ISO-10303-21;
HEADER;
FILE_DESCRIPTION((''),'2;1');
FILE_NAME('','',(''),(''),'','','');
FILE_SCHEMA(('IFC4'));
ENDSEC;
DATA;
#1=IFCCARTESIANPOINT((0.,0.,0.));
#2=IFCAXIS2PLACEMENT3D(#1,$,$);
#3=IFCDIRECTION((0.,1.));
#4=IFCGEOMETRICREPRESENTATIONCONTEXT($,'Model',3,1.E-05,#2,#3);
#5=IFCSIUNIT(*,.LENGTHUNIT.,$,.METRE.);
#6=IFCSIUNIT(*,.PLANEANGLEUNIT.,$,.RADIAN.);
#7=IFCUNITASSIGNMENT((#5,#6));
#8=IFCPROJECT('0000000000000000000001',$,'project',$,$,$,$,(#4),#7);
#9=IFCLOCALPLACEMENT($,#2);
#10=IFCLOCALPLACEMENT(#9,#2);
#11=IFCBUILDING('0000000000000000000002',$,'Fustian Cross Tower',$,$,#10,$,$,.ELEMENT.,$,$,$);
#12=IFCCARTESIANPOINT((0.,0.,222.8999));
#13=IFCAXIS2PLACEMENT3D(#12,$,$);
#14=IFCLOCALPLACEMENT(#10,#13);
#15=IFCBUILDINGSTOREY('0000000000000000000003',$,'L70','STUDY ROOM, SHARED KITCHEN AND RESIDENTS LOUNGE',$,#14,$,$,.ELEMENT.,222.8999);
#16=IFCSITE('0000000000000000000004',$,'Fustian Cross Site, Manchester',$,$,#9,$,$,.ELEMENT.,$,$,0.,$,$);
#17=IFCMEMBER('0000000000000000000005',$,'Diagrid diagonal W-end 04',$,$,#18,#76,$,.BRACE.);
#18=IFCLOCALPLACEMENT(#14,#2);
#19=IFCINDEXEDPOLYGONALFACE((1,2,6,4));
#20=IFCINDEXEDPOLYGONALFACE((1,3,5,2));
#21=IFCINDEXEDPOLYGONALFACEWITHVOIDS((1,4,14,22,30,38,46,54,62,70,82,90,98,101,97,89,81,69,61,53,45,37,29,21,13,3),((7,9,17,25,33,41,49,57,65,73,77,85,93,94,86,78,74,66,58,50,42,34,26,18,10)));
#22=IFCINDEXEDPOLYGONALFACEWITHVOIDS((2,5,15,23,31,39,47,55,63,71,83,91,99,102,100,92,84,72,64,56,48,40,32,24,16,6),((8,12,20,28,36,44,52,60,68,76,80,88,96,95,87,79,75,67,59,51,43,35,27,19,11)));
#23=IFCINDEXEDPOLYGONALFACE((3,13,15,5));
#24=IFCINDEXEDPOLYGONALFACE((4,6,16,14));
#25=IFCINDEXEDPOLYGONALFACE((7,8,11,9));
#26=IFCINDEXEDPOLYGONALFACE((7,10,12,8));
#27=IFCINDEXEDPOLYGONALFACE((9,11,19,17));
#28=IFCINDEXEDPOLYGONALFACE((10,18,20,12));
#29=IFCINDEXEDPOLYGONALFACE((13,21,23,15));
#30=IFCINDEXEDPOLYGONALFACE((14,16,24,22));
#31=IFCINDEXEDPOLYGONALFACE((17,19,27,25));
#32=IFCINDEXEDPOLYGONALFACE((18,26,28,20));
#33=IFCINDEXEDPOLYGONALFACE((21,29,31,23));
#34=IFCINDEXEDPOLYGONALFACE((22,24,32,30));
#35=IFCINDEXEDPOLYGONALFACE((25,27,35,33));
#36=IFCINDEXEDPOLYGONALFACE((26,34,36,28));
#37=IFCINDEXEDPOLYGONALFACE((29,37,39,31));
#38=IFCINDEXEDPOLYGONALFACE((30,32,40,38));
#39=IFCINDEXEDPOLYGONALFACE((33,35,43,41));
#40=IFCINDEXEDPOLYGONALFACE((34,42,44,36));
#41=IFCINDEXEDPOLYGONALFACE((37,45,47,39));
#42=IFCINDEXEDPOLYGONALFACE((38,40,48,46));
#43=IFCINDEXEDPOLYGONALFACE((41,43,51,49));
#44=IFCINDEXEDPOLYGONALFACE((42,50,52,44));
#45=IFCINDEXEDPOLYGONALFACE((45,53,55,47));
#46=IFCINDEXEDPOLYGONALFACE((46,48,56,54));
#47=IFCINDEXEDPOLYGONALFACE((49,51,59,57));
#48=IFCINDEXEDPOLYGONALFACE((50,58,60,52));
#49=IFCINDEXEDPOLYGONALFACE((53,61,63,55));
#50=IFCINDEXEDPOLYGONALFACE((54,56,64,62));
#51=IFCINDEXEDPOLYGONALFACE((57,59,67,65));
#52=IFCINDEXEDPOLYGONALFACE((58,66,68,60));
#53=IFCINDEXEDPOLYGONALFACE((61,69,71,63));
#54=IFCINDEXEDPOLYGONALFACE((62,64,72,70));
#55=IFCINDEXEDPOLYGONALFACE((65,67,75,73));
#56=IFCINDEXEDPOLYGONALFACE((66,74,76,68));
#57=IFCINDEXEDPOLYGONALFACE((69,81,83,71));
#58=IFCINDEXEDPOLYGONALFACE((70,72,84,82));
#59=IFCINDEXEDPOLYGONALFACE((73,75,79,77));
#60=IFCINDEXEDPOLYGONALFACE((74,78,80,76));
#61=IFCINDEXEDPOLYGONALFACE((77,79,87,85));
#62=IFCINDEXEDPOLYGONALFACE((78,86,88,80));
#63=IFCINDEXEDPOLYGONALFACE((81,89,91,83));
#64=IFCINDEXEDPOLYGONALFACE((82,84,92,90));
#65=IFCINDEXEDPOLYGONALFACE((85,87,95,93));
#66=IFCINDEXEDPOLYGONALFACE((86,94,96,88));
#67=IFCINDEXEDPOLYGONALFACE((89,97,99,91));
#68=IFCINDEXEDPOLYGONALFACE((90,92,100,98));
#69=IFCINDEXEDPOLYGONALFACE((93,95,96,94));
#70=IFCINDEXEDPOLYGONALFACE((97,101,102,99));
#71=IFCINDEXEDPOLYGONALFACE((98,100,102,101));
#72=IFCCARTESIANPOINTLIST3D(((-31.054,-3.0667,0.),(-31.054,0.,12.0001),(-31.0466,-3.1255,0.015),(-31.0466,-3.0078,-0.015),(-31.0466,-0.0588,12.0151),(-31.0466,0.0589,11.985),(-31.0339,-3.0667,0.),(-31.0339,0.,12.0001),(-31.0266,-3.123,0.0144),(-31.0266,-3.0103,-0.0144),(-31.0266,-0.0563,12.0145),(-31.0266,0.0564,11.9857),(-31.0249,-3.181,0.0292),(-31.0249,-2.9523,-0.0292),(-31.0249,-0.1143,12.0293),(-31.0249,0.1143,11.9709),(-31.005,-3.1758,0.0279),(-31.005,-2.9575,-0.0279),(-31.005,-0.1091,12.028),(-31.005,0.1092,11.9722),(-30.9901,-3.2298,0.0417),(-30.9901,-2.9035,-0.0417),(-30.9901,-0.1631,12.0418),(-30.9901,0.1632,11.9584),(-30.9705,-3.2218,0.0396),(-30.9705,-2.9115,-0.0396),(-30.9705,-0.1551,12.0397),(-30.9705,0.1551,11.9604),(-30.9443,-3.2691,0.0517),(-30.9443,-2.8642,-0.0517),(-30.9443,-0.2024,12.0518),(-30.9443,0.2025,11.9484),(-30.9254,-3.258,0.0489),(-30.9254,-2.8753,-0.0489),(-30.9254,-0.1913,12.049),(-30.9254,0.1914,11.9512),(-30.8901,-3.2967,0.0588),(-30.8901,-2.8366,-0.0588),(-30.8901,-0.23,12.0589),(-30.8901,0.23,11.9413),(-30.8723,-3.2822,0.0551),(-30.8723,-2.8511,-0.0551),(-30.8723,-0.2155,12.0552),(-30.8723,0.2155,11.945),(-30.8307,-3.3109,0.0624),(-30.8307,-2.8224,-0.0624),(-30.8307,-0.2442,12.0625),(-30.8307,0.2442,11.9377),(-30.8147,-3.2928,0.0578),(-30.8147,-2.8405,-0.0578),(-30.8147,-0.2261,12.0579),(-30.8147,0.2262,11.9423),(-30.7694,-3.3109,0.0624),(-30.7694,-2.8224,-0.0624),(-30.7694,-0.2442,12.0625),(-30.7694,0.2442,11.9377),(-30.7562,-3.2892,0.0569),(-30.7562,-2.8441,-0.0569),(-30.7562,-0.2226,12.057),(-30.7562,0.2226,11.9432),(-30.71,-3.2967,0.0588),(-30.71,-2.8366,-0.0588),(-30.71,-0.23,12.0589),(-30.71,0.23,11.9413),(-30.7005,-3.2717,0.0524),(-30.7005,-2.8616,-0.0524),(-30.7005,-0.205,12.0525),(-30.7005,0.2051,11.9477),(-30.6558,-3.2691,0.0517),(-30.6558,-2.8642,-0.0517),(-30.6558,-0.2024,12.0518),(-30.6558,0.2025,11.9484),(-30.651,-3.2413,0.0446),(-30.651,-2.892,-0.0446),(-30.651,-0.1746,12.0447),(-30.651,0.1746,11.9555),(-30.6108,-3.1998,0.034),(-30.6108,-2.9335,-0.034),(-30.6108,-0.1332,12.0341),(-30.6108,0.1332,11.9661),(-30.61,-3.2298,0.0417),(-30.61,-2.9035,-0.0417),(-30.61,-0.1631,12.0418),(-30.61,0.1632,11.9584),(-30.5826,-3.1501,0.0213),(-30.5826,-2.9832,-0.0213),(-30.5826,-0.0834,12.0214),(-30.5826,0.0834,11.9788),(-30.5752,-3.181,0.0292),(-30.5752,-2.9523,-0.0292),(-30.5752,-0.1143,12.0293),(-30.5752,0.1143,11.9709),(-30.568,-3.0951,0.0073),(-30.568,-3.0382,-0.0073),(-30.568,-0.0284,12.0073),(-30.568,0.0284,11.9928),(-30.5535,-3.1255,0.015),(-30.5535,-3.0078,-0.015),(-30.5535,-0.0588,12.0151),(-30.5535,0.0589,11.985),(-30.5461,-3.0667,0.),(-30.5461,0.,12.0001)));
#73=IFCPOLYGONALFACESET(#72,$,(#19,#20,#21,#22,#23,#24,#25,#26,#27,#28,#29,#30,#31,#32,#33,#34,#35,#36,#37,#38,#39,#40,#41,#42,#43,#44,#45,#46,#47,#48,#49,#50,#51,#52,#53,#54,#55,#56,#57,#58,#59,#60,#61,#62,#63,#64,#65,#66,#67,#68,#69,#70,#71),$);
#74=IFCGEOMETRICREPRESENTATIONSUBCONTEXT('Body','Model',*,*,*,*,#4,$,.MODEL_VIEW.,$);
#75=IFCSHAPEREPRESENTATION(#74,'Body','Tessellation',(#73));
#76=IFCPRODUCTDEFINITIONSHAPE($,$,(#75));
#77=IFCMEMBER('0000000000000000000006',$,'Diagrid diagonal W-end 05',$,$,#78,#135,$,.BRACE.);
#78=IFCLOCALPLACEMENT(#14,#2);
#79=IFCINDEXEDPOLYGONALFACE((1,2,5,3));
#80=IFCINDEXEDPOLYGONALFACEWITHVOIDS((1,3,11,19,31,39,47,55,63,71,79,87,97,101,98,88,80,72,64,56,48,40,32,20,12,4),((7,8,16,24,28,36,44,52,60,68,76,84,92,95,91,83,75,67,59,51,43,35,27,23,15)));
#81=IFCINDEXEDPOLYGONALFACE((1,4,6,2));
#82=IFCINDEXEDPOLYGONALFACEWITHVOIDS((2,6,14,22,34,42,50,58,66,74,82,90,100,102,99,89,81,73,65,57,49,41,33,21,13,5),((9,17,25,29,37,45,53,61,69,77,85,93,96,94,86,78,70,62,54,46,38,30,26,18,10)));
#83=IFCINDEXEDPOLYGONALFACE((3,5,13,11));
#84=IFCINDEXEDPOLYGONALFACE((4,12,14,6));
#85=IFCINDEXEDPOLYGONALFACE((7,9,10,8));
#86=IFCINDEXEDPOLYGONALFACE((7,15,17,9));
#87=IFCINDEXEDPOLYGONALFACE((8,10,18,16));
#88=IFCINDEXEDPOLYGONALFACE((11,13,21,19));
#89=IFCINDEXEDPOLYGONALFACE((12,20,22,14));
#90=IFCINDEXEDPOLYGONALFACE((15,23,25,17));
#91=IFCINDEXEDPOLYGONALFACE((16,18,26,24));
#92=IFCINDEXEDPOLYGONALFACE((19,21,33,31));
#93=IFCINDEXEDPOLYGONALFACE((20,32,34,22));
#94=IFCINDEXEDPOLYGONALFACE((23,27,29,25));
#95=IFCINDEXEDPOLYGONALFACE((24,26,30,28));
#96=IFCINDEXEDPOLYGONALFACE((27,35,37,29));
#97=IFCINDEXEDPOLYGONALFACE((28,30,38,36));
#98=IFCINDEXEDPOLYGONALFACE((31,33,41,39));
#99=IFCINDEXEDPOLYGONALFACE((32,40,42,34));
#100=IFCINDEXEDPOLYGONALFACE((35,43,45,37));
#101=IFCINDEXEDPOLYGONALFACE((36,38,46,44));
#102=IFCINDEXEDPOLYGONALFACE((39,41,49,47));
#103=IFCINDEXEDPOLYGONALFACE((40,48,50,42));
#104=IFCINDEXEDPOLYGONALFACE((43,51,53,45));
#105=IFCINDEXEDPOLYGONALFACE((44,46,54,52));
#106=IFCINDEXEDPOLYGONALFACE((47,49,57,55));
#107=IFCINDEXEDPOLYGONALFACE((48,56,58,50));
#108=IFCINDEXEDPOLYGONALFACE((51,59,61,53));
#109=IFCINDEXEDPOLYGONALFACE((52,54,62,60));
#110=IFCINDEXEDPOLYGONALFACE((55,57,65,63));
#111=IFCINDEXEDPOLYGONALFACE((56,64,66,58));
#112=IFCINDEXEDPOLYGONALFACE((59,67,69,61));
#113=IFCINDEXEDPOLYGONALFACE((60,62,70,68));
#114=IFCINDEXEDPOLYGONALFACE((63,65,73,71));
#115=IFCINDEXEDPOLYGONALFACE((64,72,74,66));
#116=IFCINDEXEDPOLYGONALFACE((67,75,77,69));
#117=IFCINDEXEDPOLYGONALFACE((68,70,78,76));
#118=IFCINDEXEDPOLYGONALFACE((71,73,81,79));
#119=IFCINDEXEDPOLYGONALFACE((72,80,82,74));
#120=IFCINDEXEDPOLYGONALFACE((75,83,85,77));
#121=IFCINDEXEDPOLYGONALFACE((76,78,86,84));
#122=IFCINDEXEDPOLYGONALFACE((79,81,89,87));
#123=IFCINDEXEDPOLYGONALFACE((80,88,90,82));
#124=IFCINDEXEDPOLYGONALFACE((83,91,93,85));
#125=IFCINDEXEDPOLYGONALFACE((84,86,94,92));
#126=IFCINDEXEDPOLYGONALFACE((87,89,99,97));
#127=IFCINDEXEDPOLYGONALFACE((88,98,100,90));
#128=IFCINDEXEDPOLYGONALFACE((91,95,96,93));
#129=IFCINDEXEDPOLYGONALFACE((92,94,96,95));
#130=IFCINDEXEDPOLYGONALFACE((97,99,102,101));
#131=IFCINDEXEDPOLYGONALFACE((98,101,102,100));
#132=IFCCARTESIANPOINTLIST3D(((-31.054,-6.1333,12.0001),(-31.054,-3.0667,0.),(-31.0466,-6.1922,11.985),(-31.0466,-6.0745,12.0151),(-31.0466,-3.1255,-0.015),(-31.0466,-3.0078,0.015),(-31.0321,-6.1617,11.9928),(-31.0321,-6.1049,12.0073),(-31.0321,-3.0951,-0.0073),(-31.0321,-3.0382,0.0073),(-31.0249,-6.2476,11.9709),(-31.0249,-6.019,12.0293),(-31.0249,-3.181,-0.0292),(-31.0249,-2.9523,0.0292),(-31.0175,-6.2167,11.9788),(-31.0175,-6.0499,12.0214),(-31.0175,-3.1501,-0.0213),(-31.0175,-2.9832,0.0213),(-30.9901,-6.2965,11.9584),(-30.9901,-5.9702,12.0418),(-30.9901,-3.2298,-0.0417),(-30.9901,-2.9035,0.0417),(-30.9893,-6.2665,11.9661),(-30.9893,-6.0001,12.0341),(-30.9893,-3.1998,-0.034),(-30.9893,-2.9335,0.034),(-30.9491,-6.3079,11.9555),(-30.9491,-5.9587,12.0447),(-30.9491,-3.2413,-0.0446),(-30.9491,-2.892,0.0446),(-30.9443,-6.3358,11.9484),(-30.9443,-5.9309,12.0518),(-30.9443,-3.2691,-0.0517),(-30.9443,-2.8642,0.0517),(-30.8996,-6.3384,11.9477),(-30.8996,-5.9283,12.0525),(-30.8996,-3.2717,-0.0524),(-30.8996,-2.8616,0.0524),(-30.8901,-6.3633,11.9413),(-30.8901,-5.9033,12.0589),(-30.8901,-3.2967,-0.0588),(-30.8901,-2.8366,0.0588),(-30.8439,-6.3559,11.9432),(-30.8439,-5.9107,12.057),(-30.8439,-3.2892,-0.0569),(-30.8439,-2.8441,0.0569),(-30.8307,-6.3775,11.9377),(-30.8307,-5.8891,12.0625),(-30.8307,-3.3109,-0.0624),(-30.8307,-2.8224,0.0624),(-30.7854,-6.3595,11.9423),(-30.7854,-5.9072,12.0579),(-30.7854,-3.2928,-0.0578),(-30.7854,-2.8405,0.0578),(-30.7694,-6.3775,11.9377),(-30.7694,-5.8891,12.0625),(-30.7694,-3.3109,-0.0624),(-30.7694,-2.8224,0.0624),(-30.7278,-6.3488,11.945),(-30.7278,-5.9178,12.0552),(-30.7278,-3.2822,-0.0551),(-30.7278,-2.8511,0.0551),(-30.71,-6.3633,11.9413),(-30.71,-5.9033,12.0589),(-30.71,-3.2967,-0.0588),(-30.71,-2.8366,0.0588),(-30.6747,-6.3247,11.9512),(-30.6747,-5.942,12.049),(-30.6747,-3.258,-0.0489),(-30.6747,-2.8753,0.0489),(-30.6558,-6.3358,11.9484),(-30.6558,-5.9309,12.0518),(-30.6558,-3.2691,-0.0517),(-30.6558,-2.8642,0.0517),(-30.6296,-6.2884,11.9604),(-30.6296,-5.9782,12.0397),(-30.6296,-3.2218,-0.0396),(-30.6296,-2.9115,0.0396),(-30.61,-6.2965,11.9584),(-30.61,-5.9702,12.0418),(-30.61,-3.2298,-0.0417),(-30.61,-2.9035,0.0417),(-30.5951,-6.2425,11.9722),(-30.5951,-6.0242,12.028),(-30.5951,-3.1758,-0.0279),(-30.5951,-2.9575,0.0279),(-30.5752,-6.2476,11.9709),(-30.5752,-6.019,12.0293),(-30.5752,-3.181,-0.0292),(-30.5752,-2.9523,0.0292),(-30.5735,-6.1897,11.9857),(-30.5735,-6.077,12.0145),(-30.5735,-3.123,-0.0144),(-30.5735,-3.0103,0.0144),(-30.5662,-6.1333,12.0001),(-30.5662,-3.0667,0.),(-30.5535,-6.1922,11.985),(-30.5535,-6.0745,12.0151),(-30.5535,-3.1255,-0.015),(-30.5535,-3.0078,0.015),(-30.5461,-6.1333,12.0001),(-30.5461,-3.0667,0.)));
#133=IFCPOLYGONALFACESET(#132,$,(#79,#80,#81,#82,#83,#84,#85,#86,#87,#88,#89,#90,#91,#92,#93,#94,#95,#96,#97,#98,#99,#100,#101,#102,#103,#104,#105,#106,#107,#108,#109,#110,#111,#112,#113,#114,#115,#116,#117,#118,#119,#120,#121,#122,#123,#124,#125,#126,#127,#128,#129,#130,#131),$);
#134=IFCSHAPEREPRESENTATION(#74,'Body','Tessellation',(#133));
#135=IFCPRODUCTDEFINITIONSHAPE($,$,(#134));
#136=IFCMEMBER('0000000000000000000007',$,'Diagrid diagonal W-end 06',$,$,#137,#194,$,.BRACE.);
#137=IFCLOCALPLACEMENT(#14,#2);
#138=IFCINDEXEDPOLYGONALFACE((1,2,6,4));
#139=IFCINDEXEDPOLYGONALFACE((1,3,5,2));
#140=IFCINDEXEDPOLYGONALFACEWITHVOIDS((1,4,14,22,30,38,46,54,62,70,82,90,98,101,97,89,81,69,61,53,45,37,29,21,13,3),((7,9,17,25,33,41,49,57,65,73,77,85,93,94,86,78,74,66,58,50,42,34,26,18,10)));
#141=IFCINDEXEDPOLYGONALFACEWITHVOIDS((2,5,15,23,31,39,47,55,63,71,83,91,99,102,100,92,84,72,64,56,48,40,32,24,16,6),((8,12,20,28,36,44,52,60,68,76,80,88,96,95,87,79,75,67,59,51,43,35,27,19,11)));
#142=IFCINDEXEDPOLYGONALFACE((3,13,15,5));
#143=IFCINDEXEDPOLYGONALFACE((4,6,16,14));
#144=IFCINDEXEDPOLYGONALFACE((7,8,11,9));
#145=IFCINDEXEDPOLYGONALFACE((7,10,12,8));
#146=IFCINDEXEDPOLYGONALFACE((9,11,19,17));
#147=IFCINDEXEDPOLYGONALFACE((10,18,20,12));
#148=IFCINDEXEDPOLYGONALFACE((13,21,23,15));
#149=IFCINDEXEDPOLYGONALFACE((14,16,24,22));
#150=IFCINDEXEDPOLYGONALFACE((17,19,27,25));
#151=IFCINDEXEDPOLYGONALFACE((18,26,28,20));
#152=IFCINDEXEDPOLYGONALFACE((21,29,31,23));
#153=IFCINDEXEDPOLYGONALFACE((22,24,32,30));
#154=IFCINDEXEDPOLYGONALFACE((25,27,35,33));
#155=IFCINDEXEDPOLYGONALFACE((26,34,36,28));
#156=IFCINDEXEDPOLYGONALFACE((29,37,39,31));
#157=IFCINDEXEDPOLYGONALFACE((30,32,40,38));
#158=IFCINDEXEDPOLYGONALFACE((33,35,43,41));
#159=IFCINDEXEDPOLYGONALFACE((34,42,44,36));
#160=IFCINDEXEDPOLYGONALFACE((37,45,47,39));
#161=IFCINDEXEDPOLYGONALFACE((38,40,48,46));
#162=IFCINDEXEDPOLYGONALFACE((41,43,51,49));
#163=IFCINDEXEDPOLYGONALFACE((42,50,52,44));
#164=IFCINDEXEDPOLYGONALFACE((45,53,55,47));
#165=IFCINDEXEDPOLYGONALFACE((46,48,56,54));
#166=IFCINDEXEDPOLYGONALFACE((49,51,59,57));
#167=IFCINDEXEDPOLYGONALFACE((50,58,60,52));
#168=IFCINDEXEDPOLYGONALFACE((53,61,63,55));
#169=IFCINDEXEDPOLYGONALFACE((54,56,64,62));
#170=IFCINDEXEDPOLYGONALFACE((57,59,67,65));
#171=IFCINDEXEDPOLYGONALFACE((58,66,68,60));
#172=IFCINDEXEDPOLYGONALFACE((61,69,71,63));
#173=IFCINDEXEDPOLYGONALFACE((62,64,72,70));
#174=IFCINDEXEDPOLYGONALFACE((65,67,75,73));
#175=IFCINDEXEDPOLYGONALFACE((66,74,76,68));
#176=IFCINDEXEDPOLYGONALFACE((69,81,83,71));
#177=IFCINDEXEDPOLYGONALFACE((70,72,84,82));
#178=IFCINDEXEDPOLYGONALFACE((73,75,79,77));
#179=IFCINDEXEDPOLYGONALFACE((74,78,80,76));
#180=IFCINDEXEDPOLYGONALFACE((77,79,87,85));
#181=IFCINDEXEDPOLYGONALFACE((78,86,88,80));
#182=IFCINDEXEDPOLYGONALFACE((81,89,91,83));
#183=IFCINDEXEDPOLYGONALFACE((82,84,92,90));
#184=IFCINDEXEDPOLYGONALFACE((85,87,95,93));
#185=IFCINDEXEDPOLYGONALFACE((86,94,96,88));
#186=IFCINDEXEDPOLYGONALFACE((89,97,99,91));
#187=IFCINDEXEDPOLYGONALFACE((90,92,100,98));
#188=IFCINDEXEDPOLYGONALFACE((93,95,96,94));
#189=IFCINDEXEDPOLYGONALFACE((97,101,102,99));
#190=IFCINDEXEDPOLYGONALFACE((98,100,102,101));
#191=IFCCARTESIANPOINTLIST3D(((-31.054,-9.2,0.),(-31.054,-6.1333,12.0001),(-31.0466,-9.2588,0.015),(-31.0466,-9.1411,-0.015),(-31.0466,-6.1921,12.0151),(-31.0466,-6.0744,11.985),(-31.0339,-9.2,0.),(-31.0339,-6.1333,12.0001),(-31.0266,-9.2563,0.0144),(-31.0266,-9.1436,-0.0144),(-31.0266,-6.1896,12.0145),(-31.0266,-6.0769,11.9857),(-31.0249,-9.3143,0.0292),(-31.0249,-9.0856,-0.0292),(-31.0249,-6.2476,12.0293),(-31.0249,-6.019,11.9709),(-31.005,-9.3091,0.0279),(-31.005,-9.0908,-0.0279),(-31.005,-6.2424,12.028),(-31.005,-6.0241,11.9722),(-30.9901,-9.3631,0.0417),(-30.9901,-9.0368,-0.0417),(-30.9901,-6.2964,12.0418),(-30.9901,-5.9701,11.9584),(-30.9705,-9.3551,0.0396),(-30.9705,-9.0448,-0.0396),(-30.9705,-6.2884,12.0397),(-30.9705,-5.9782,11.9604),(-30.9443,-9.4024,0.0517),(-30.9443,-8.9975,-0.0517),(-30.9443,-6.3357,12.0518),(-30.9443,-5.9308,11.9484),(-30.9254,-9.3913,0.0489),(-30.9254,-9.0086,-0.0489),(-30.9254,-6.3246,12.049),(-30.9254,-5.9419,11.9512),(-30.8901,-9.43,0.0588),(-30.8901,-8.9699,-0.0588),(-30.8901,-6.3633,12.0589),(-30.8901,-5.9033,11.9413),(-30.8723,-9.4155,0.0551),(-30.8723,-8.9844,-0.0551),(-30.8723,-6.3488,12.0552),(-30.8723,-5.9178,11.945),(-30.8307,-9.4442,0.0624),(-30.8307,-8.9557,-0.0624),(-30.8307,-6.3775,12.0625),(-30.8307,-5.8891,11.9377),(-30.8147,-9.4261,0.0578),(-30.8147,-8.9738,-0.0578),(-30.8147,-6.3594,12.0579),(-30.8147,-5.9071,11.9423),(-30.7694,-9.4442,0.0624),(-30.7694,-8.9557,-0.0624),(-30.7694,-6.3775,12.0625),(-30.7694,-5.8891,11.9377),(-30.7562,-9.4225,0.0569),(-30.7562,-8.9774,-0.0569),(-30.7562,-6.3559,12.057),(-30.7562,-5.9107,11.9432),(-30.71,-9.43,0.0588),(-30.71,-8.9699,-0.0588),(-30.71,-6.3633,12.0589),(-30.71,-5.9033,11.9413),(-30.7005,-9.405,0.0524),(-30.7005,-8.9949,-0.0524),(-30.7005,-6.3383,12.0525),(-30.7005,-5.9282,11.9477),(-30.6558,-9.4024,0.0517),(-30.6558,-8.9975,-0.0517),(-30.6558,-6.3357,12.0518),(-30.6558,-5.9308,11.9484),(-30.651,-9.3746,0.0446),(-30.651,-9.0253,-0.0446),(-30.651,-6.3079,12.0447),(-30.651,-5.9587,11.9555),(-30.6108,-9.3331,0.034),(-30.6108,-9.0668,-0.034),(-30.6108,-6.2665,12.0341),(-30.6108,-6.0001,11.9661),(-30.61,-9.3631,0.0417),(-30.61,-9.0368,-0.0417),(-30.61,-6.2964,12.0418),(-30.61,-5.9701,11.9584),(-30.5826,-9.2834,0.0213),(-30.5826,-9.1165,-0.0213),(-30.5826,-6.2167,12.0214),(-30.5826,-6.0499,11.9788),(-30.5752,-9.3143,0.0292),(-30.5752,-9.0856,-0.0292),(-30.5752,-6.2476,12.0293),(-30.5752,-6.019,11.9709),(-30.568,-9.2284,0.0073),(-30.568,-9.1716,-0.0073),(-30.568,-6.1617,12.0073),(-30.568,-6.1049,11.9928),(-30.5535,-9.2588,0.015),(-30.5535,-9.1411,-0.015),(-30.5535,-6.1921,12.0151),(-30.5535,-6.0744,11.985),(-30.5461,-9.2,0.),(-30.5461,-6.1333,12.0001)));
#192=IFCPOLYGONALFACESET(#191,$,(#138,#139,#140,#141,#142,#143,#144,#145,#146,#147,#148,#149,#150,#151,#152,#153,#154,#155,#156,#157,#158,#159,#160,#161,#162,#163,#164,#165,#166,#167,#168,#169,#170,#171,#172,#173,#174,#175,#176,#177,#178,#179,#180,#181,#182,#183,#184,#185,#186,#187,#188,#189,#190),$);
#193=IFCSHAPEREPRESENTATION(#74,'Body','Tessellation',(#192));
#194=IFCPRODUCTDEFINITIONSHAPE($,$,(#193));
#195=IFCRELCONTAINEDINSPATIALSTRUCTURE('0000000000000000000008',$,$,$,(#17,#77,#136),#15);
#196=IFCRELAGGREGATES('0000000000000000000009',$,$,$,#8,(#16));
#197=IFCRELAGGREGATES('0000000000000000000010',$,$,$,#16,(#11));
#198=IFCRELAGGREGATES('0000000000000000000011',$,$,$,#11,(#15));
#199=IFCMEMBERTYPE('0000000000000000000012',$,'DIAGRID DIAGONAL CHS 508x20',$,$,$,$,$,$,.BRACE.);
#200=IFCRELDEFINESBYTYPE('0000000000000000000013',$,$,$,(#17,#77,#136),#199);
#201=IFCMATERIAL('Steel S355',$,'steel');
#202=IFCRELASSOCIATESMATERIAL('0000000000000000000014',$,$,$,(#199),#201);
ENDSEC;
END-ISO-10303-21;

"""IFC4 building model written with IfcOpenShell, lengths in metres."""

from ifc_helpers import new_model, si_unit, direction, frame, origin, origin_2d, place, context, subcontext, project, spatial, hollow_circle, extrude, material, material_profile, profile_set, type_object, element, save


model = new_model("IFC4")

# Units and contexts
model_context = context("Model", 3, precision=1e-05, world=origin(), true_north=direction((0.0, 1.0)))
body_context = subcontext(model_context, "Body", "Model", "MODEL_VIEW")
ifc_project = project(units=[si_unit("LENGTHUNIT", "METRE"), si_unit("PLANEANGLEUNIT", "RADIAN")], contexts=[model_context])

# Site, building, storey
site_placement = place(None, origin())
site = spatial("IfcSite", under=ifc_project, at=site_placement, Name="Fustian Cross Site, Manchester", CompositionType="ELEMENT", RefElevation=0.0)
building_placement = place(site_placement, origin())
building = spatial("IfcBuilding", under=site, at=building_placement, Name="Fustian Cross Tower", CompositionType="ELEMENT")
storey_placement = place(building_placement, frame((0.0, 0.0, 222.8999)))
storey = spatial("IfcBuildingStorey", under=building, at=storey_placement, Name="L70", Description="STUDY ROOM, SHARED KITCHEN AND RESIDENTS LOUNGE", CompositionType="ELEMENT", Elevation=222.8999)

# Members
ifc_material_1 = material(Name="Steel S355", Category="steel")
ifc_material_profile_1 = material_profile(ifc_material_1, hollow_circle(Radius=0.2539, WallThickness=0.02, at=origin_2d()), Name="CHS 508x20")
ifc_profile_set_1 = profile_set([ifc_material_profile_1], Name="Steel S355")
member_type_1 = type_object("IfcMemberType", Name="DIAGRID DIAGONAL CHS 508x20", PredefinedType="BRACE", material=ifc_profile_set_1)
for number, where, z_axis, x_axis, name in (
    (1, (-30.8, -3.0667, 0.0), (0.0, 0.247597, 0.968863), (-1.0, 0.0, 0.0), "Diagrid diagonal W-end 04"),
    (2, (-30.8, -3.0667, 0.0), (0.0, -0.247597, 0.968863), (1.0, 0.0, 0.0), "Diagrid diagonal W-end 05"),
    (3, (-30.8, -9.2, 0.0), (0.0, 0.247597, 0.968863), (-1.0, 0.0, 0.0), "Diagrid diagonal W-end 06"),
):
    element("IfcMember", number, at=place(storey_placement, frame(where, z_axis=z_axis, x_axis=x_axis)), inside=storey, type_object=member_type_1, Name=name, PredefinedType="BRACE", context=body_context, shape_type="SweptSolid", body=[
        extrude(hollow_circle(Radius=0.2539, WallThickness=0.02, at=origin_2d()), origin(), (0.0, 0.0, 1.0), 12.3857),
    ])

save(model, "model.ifc")
